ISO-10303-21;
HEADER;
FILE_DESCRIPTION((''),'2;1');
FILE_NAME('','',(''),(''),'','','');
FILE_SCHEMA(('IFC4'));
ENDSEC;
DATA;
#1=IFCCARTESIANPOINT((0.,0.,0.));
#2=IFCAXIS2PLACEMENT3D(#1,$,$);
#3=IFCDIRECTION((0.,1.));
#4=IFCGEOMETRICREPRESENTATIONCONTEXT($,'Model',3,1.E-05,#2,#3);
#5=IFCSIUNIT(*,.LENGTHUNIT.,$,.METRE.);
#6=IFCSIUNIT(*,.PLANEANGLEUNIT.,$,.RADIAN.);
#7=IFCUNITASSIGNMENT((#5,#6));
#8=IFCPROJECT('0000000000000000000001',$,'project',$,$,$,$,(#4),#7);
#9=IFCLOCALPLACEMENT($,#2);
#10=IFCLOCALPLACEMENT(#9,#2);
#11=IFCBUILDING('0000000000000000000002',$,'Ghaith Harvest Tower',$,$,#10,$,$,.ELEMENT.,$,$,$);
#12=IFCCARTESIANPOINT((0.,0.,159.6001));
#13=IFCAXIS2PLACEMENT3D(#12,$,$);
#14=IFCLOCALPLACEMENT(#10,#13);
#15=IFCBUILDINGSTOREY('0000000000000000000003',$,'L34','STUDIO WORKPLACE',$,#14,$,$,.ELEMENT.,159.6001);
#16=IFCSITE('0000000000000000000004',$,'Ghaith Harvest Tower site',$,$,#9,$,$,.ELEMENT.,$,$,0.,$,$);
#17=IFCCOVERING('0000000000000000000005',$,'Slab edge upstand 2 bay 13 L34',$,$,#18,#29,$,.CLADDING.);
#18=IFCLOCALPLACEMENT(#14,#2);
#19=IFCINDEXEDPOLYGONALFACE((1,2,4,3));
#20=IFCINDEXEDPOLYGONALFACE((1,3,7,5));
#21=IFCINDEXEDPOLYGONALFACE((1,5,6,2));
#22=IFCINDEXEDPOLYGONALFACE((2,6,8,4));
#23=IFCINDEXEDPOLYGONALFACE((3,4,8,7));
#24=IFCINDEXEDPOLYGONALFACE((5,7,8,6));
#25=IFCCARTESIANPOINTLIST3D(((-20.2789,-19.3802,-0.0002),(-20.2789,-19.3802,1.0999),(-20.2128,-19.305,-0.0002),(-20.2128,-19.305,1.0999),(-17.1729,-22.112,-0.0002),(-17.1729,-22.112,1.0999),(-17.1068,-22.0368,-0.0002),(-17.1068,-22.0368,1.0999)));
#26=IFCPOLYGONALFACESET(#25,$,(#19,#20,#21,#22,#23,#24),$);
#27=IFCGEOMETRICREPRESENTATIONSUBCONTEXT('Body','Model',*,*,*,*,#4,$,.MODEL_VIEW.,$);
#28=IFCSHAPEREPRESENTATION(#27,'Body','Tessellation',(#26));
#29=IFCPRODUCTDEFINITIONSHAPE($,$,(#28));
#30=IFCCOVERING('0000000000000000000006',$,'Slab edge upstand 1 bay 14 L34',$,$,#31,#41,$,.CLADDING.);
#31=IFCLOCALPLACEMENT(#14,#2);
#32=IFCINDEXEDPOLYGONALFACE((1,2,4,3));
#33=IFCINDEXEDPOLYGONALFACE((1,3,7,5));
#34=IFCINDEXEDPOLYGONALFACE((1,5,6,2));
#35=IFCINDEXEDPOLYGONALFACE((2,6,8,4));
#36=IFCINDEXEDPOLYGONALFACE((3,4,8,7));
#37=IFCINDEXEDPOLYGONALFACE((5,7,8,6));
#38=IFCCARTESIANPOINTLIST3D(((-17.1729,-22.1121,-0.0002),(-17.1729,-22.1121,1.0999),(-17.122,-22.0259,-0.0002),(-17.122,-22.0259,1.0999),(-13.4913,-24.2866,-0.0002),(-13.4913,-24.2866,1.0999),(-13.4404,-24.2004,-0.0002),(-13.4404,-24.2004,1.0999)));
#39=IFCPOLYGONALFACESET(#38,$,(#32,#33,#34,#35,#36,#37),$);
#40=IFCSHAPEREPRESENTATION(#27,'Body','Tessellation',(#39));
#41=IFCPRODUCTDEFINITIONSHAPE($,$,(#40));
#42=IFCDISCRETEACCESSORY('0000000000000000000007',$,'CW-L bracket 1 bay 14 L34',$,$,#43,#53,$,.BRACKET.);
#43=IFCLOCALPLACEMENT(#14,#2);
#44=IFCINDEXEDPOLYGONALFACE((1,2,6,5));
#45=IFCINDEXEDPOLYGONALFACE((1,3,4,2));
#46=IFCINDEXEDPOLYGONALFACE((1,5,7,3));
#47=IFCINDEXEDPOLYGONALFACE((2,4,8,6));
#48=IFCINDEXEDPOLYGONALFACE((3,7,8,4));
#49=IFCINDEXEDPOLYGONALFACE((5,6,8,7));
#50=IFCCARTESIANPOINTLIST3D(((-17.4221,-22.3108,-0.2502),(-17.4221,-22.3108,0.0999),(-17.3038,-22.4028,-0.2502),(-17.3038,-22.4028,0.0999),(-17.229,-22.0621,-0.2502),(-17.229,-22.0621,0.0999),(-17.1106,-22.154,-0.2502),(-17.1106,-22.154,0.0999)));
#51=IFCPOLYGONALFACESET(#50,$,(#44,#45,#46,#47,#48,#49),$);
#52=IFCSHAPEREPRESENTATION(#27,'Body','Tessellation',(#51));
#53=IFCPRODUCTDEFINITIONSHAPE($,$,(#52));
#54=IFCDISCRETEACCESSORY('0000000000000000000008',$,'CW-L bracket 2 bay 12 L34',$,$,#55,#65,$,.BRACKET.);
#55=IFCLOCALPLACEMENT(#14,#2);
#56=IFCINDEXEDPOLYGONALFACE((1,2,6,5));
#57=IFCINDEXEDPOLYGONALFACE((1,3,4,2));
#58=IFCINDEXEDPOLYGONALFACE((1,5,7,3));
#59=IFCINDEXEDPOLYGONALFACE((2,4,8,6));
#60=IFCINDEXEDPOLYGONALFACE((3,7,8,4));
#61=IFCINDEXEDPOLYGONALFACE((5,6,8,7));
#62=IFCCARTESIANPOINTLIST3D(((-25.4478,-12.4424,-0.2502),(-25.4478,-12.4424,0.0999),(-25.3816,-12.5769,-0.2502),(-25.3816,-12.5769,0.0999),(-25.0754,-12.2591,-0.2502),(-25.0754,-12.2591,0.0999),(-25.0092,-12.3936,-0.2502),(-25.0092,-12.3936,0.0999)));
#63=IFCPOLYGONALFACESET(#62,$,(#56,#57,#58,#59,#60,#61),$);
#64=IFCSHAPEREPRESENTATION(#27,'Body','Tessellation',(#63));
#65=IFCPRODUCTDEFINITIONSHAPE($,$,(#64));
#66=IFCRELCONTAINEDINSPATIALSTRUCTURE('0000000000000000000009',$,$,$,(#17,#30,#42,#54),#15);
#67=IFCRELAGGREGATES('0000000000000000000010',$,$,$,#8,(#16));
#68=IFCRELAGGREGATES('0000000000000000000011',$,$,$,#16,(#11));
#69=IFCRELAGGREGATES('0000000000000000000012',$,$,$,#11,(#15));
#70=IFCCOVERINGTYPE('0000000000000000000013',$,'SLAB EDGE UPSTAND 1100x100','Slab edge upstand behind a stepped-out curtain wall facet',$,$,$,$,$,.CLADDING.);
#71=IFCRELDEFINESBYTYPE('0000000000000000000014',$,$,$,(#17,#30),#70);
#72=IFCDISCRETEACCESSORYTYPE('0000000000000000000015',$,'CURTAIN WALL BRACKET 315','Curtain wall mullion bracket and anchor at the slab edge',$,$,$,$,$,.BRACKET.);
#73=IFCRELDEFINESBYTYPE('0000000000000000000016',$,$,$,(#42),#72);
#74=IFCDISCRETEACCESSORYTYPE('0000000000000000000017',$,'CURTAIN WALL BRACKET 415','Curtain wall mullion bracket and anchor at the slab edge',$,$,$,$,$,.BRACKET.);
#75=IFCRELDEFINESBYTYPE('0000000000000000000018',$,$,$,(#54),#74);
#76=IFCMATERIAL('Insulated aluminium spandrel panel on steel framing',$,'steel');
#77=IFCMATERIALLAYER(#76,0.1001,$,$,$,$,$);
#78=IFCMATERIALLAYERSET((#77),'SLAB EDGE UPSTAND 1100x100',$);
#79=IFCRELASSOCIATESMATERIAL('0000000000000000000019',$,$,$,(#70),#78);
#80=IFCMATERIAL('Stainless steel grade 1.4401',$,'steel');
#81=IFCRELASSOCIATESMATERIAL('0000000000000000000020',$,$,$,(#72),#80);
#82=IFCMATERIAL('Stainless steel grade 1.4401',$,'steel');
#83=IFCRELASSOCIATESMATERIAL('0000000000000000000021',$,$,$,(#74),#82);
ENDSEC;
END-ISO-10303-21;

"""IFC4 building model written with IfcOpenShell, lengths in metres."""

from ifc_helpers import new_model, si_unit, direction, frame, origin, origin_2d, place, context, subcontext, project, spatial, rectangle, extrude, material, layer, layer_set, type_object, element, save


model = new_model("IFC4")

# Units and contexts
model_context = context("Model", 3, precision=1e-05, world=origin(), true_north=direction((0.0, 1.0)))
body_context = subcontext(model_context, "Body", "Model", "MODEL_VIEW")
ifc_project = project(units=[si_unit("LENGTHUNIT", "METRE"), si_unit("PLANEANGLEUNIT", "RADIAN")], contexts=[model_context])

# Site, building, storey
site_placement = place(None, origin())
site = spatial("IfcSite", under=ifc_project, at=site_placement, Name="Ghaith Harvest Tower site", CompositionType="ELEMENT", RefElevation=0.0)
building_placement = place(site_placement, origin())
building = spatial("IfcBuilding", under=site, at=building_placement, Name="Ghaith Harvest Tower", CompositionType="ELEMENT")
storey_placement = place(building_placement, frame((0.0, 0.0, 159.6001)))
storey = spatial("IfcBuildingStorey", under=building, at=storey_placement, Name="L34", Description="STUDIO WORKPLACE", CompositionType="ELEMENT", Elevation=159.6001)

# Coverings
ifc_material_1 = material(Name="Insulated aluminium spandrel panel on steel framing", Category="steel")
ifc_layer_1 = layer(ifc_material_1, 0.1001)
ifc_layer_set_1 = layer_set([ifc_layer_1], Name="SLAB EDGE UPSTAND 1100x100")
covering_type = type_object("IfcCoveringType", Name="SLAB EDGE UPSTAND 1100x100", Description="Slab edge upstand behind a stepped-out curtain wall facet", PredefinedType="CLADDING", material=ifc_layer_set_1)
covering_1_placement = place(storey_placement, frame((-18.6929, -20.7085, -0.0002), z_axis=(0.0, 0.0, 1.0), x_axis=(0.750892, -0.660425, 0.0)))
element("IfcCovering", 1, at=covering_1_placement, inside=storey, type_object=covering_type, Name="Slab edge upstand 2 bay 13 L34", PredefinedType="CLADDING", context=body_context, shape_type="SweptSolid", body=[
    extrude(rectangle(XDim=4.1365, YDim=0.1001, at=origin_2d()), origin(), (0.0, 0.0, 1.0), 1.1001),
])
covering_2_placement = place(storey_placement, frame((-15.3066, -23.1562, -0.0002), z_axis=(0.0, 0.0, 1.0), x_axis=(0.861021, -0.50857, 0.0)))
element("IfcCovering", 2, at=covering_2_placement, inside=storey, type_object=covering_type, Name="Slab edge upstand 1 bay 14 L34", PredefinedType="CLADDING", context=body_context, shape_type="SweptSolid", body=[
    extrude(rectangle(XDim=4.2759, YDim=0.1001, at=origin_2d()), origin(), (0.0, 0.0, 1.0), 1.1001),
])

# Discrete accessories
ifc_material_2 = material(Name="Stainless steel grade 1.4401", Category="steel")
discrete_accessory_type_1 = type_object("IfcDiscreteAccessoryType", Name="CURTAIN WALL BRACKET 315", Description="Curtain wall mullion bracket and anchor at the slab edge", PredefinedType="BRACKET", material=ifc_material_2)
discrete_accessory_1_placement = place(storey_placement, frame((-17.2664, -22.2324, -0.2502), z_axis=(0.0, 0.0, 1.0), x_axis=(-0.613378, -0.78979, 0.0)))
element("IfcDiscreteAccessory", 3, at=discrete_accessory_1_placement, inside=storey, type_object=discrete_accessory_type_1, Name="CW-L bracket 1 bay 14 L34", PredefinedType="BRACKET", context=body_context, shape_type="SweptSolid", body=[
    extrude(rectangle(XDim=0.3149, YDim=0.1499, at=origin_2d()), origin(), (0.0, 0.0, 1.0), 0.3501),
])
ifc_material_3 = material(Name="Stainless steel grade 1.4401", Category="steel")
discrete_accessory_type_2 = type_object("IfcDiscreteAccessoryType", Name="CURTAIN WALL BRACKET 415", Description="Curtain wall mullion bracket and anchor at the slab edge", PredefinedType="BRACKET", material=ifc_material_3)
discrete_accessory_2_placement = place(storey_placement, frame((-25.2285, -12.418, -0.2502), z_axis=(0.0, 0.0, 1.0), x_axis=(-0.897201, -0.441622, 0.0)))
element("IfcDiscreteAccessory", 4, at=discrete_accessory_2_placement, inside=storey, type_object=discrete_accessory_type_2, Name="CW-L bracket 2 bay 12 L34", PredefinedType="BRACKET", context=body_context, shape_type="SweptSolid", body=[
    extrude(rectangle(XDim=0.415, YDim=0.1499, at=origin_2d()), origin(), (0.0, 0.0, 1.0), 0.3501),
])

save(model, "model.ifc")
